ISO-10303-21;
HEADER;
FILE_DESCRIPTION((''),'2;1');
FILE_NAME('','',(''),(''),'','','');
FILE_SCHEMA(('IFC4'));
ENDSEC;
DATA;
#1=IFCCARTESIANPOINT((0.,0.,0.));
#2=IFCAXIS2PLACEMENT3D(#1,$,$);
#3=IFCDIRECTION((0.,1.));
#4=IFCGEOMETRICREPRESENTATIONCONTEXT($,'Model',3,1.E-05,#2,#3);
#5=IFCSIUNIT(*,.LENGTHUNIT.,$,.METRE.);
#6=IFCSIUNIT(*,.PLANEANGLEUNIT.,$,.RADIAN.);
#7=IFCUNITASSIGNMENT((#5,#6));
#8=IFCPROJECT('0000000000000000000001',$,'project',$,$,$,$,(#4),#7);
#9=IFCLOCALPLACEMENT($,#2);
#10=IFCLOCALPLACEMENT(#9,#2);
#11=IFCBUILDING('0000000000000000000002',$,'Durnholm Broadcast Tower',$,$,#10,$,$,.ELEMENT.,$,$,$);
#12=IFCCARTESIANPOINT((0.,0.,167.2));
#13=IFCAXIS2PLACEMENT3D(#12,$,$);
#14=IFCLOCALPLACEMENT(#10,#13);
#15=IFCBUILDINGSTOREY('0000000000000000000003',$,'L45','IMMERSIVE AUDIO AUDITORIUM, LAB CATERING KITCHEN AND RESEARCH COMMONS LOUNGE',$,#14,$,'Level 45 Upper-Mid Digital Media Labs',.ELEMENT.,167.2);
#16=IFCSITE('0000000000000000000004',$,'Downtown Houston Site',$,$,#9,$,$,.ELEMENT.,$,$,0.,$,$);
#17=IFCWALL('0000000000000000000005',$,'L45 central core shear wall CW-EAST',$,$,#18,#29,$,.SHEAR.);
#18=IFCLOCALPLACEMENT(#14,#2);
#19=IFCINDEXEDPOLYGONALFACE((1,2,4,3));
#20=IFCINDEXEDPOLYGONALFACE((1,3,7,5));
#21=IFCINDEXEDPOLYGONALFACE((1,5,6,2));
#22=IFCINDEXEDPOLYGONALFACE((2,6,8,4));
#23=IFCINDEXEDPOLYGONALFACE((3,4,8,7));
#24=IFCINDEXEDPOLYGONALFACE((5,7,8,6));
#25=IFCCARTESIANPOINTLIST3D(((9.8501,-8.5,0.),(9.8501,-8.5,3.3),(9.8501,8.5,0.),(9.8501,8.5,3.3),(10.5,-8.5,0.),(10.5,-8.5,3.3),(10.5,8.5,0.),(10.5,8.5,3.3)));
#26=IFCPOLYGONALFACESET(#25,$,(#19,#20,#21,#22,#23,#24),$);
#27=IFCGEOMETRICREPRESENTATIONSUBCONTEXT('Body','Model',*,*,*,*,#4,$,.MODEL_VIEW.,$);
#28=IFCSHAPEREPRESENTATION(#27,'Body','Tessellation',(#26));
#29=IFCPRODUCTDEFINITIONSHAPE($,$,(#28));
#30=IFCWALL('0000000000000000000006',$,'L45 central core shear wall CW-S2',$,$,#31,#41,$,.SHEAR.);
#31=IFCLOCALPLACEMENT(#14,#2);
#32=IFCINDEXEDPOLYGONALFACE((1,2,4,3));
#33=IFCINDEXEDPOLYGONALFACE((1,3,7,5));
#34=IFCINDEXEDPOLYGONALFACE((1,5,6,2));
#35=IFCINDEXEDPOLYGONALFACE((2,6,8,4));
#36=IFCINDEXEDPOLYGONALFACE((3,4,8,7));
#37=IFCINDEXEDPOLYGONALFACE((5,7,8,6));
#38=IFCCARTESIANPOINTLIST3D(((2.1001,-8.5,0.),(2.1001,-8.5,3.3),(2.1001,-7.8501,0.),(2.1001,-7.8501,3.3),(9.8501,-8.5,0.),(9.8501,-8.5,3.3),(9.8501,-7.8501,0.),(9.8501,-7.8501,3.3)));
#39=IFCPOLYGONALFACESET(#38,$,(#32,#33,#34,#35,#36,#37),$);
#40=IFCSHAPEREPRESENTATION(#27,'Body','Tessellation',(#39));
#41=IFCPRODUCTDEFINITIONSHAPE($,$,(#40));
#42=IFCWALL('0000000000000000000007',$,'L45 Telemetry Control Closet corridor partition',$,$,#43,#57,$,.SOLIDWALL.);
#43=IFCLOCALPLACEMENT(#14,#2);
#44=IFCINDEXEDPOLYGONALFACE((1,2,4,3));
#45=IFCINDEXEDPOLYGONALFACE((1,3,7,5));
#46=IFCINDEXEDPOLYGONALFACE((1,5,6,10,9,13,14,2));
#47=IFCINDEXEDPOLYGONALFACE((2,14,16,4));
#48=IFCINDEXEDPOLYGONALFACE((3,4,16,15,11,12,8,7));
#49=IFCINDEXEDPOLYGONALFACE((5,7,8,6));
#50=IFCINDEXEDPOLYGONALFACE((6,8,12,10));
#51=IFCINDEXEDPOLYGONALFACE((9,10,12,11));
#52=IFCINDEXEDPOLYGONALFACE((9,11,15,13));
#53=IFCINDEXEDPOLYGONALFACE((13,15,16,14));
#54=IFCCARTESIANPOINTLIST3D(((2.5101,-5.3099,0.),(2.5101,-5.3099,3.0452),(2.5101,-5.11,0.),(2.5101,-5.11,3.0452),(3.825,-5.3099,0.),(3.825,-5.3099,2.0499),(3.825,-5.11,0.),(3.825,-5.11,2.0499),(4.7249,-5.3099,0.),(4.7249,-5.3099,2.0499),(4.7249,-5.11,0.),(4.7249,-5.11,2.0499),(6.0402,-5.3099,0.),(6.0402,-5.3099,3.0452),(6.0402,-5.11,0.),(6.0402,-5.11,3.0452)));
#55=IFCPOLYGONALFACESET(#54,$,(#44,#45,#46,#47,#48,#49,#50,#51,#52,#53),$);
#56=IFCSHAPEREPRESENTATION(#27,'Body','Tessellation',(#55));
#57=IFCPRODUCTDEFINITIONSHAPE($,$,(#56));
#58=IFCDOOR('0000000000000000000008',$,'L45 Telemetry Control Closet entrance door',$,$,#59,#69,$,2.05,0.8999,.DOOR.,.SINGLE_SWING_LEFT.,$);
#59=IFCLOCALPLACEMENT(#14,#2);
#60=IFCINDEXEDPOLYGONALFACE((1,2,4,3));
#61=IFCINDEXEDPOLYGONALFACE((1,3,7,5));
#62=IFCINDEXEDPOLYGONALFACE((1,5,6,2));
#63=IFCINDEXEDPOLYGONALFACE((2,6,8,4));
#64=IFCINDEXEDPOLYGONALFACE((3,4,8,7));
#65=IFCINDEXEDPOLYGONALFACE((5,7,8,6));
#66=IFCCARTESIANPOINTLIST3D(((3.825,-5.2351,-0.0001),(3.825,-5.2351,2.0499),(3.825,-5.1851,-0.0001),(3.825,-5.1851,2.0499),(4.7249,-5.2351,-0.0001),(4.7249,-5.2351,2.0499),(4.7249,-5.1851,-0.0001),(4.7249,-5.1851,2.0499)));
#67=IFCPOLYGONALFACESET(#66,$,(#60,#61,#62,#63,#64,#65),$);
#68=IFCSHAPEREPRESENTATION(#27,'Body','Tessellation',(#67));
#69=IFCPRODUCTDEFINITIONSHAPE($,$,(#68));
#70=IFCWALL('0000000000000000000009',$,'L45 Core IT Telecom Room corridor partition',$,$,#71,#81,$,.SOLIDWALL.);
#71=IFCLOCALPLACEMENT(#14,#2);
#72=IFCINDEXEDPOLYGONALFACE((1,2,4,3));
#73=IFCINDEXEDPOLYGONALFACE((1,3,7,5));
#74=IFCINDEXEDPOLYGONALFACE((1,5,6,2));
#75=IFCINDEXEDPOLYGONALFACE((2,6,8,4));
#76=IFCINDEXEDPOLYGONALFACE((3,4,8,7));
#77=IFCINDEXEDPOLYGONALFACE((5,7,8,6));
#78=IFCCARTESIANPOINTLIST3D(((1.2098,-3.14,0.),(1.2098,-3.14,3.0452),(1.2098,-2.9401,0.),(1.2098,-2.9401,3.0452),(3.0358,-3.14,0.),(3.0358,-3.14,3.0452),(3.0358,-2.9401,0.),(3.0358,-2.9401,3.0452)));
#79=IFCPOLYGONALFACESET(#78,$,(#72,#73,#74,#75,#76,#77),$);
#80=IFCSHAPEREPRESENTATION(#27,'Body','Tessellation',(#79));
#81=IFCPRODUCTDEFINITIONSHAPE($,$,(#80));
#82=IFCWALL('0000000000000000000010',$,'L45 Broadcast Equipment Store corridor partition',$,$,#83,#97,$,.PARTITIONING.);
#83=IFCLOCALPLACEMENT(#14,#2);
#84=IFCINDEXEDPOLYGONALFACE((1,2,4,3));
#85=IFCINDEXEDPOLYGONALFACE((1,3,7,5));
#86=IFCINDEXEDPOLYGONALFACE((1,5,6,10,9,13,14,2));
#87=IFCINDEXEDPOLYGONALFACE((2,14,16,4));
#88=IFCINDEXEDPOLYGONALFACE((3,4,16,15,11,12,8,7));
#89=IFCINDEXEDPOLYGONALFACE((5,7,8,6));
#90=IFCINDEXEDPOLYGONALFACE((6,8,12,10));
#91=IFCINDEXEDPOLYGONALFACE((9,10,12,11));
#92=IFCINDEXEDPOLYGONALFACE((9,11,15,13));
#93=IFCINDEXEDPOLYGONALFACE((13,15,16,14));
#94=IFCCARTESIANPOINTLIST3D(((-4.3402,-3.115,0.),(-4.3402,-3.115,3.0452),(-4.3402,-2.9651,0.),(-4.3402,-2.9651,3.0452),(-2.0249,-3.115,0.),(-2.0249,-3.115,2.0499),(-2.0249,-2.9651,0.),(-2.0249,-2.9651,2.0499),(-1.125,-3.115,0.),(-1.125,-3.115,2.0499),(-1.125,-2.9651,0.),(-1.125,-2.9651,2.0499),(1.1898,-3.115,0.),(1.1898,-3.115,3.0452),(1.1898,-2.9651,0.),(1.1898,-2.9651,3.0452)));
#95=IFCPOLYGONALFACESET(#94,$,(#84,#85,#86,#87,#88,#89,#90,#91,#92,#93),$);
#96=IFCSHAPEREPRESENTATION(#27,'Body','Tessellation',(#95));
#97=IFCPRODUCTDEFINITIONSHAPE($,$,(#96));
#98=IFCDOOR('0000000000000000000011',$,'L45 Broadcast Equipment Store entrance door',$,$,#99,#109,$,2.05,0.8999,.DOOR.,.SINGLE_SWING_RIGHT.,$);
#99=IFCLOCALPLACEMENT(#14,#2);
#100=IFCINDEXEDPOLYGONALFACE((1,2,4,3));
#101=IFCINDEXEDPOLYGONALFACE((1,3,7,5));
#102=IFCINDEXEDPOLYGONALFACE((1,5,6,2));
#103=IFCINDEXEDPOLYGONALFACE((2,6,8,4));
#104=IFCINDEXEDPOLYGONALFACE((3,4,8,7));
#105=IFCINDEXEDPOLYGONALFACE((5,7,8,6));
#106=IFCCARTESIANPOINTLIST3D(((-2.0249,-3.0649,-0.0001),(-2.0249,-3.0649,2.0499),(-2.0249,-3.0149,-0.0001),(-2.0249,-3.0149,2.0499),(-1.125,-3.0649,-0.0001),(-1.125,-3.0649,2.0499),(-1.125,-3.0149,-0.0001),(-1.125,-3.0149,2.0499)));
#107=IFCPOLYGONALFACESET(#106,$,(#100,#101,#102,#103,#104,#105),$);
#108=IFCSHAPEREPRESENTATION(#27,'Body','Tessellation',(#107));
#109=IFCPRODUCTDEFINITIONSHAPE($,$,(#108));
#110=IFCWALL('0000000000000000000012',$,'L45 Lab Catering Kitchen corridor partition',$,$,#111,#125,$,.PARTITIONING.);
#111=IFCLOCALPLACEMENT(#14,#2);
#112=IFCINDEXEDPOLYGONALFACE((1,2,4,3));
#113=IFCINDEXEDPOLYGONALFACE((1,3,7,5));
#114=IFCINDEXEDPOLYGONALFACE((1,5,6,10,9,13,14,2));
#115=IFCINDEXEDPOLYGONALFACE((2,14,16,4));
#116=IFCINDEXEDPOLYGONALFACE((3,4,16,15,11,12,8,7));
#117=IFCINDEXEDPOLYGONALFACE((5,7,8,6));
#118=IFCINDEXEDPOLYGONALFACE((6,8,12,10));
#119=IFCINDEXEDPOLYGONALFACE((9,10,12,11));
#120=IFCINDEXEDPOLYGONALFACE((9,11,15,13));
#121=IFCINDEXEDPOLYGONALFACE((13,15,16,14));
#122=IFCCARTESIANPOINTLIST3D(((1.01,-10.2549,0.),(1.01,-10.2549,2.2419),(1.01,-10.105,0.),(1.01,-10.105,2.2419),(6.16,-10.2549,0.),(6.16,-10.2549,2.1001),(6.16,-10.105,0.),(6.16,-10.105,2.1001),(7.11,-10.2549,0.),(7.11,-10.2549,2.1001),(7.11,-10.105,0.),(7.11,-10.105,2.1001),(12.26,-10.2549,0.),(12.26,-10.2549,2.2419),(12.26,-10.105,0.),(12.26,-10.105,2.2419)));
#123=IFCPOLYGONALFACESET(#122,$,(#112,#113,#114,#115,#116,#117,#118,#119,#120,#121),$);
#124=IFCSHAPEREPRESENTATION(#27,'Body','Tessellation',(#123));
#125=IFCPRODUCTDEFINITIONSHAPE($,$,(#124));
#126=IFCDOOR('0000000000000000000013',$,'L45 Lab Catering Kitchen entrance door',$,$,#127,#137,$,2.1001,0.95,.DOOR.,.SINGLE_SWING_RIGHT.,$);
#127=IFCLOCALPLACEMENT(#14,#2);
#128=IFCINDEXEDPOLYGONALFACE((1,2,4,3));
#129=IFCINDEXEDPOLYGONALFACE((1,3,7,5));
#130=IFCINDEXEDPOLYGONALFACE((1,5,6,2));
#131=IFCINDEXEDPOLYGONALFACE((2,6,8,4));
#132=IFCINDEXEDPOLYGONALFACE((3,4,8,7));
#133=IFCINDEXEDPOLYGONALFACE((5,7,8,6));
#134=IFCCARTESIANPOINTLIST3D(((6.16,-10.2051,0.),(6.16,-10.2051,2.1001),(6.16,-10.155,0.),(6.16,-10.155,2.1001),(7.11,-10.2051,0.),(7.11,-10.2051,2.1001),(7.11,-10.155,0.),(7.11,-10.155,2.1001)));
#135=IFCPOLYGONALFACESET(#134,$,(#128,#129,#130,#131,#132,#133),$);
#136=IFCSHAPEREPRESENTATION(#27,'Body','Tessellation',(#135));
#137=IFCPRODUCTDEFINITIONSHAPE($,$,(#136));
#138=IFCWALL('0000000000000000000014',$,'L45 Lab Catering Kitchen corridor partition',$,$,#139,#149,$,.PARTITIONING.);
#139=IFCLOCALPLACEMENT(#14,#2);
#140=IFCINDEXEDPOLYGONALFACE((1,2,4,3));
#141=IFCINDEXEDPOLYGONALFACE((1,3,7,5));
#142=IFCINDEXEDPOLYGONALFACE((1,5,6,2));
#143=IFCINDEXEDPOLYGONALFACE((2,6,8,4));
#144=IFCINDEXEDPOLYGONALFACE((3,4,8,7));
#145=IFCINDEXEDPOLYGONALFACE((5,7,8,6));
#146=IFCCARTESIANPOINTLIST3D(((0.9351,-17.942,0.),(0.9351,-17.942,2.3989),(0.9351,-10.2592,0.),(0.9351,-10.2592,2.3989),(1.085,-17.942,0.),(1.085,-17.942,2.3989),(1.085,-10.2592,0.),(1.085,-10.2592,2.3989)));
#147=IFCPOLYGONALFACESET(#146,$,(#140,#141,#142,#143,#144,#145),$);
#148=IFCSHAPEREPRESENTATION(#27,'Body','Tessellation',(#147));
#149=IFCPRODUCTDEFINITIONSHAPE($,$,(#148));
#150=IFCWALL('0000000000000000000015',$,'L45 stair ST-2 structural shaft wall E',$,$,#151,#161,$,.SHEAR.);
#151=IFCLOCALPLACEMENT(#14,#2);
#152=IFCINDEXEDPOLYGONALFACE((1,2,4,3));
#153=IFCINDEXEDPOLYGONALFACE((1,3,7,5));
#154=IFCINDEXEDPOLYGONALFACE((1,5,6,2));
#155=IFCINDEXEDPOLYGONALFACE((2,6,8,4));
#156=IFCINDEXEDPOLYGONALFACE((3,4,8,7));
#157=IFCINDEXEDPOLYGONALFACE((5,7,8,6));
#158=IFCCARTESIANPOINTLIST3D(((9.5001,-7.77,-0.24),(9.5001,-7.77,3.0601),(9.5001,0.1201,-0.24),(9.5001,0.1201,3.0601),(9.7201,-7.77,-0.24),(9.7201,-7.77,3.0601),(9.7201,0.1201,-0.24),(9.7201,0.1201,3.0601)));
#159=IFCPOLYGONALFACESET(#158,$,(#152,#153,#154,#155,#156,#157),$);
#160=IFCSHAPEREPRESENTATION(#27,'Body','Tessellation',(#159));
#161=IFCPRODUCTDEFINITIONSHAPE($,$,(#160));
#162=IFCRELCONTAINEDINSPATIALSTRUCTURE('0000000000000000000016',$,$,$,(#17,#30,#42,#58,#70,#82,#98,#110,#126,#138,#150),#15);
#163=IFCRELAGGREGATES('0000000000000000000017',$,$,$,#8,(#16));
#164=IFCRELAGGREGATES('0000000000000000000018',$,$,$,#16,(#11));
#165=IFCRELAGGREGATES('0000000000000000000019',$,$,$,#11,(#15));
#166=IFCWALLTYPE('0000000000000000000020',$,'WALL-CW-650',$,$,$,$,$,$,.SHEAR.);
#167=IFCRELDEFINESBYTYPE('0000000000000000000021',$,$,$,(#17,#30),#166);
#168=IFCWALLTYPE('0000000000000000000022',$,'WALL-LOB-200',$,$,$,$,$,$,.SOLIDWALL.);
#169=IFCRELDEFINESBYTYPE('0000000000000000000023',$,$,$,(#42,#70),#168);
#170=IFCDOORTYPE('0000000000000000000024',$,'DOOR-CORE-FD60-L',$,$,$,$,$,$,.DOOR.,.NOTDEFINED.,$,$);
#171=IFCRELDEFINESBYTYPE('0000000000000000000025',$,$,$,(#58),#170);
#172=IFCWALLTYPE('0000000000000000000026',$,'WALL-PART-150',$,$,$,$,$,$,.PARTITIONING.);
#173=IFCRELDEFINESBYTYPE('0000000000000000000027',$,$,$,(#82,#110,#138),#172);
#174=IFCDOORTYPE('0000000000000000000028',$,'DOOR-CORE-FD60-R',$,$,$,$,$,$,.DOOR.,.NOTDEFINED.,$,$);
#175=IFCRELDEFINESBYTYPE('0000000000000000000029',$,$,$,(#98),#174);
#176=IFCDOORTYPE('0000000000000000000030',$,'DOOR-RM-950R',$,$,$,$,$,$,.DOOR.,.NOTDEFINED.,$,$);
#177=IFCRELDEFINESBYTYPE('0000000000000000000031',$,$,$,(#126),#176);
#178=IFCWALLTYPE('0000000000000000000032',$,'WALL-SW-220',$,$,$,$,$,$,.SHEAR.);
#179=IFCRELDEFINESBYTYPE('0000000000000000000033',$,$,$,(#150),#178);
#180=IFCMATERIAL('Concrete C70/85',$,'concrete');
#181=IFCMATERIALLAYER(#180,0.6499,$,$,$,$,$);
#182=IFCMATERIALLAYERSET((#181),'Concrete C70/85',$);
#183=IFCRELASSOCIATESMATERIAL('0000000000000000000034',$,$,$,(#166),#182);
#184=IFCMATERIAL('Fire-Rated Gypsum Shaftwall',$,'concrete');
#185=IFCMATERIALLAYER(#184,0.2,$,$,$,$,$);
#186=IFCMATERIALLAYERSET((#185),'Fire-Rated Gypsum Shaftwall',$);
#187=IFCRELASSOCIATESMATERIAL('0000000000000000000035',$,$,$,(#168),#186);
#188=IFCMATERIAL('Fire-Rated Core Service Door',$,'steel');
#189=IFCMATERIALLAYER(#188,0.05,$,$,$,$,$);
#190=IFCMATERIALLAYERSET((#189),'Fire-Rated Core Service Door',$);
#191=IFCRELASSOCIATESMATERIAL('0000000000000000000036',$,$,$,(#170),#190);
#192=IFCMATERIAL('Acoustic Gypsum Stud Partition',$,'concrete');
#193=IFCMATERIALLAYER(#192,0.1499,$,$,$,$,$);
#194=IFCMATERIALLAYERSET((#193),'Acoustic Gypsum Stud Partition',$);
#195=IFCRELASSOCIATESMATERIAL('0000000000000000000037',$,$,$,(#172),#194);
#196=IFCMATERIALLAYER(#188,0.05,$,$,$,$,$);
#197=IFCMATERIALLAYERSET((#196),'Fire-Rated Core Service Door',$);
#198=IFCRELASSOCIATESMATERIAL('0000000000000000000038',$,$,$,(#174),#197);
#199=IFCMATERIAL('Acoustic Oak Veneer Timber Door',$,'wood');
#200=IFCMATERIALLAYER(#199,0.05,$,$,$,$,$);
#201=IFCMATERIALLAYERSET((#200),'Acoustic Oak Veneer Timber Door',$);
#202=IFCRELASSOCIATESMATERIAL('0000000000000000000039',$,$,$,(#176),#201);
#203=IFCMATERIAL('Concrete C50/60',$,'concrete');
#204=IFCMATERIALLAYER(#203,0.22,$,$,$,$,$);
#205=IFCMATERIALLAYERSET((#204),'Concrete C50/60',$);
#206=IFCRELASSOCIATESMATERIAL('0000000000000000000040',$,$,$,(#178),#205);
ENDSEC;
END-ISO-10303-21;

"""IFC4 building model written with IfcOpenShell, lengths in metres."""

from ifc_helpers import new_model, si_unit, direction, frame, frame_2d, origin, place, context, subcontext, project, spatial, rectangle, extrude, source, transform, mapped, material, layer, layer_set, type_object, type_shapes, element, fill, save


model = new_model("IFC4")

# Units and contexts
model_context = context("Model", 3, precision=1e-05, world=origin(), true_north=direction((0.0, 1.0)))
body_context = subcontext(model_context, "Body", "Model", "MODEL_VIEW")
ifc_project = project(units=[si_unit("LENGTHUNIT", "METRE"), si_unit("PLANEANGLEUNIT", "RADIAN")], contexts=[model_context])

# Site, building, storey
site_placement = place(None, origin())
site = spatial("IfcSite", under=ifc_project, at=site_placement, Name="Downtown Houston Site", CompositionType="ELEMENT", RefElevation=0.0)
building_placement = place(site_placement, origin())
building = spatial("IfcBuilding", under=site, at=building_placement, Name="Durnholm Broadcast Tower", CompositionType="ELEMENT")
storey_placement = place(building_placement, frame((0.0, 0.0, 167.2)))
storey = spatial("IfcBuildingStorey", under=building, at=storey_placement, Name="L45", Description="IMMERSIVE AUDIO AUDITORIUM, LAB CATERING KITCHEN AND RESEARCH COMMONS LOUNGE", LongName="Level 45 Upper-Mid Digital Media Labs", CompositionType="ELEMENT", Elevation=167.2)

# Shared definitions
ifc_material_1 = material(Name="Concrete C70/85", Category="concrete")

# Walls
ifc_layer_1 = layer(ifc_material_1, 0.6499)
ifc_layer_set_1 = layer_set([ifc_layer_1], Name="Concrete C70/85")
wall_type_1 = type_object("IfcWallType", Name="WALL-CW-650", PredefinedType="SHEAR", material=ifc_layer_set_1)
wall_1_placement = place(storey_placement, frame((10.175, -8.5, 0.0), z_axis=(0.0, 0.0, 1.0), x_axis=(0.0, 1.0, 0.0)))
element("IfcWall", 1, at=wall_1_placement, inside=storey, type_object=wall_type_1, Name="L45 central core shear wall CW-EAST", PredefinedType="SHEAR", context=body_context, shape_type="SweptSolid", body=[
    extrude(rectangle(XDim=17.0, YDim=0.6499, at=frame_2d((8.5, 0.0))), origin(), (0.0, 0.0, 1.0), 3.3),
])
wall_2_placement = place(storey_placement, frame((2.1001, -8.175, 0.0), z_axis=(0.0, 0.0, 1.0), x_axis=(1.0, 0.0, 0.0)))
element("IfcWall", 2, at=wall_2_placement, inside=storey, type_object=wall_type_1, Name="L45 central core shear wall CW-S2", PredefinedType="SHEAR", context=body_context, shape_type="SweptSolid", body=[
    extrude(rectangle(XDim=7.75, YDim=0.6499, at=frame_2d((3.875, 0.0))), origin(), (0.0, 0.0, 1.0), 3.3),
])

# Wall, opening, door
ifc_material_2 = material(Name="Fire-Rated Gypsum Shaftwall", Category="concrete")
ifc_layer_2 = layer(ifc_material_2, 0.2)
ifc_layer_set_2 = layer_set([ifc_layer_2], Name="Fire-Rated Gypsum Shaftwall")
wall_type_2 = type_object("IfcWallType", Name="WALL-LOB-200", PredefinedType="SOLIDWALL", material=ifc_layer_set_2)
wall_3_placement = place(storey_placement, frame((2.51, -5.21, 0.0), z_axis=(0.0, 0.0, 1.0), x_axis=(1.0, 0.0, 0.0)))
wall_3 = element("IfcWall", 3, at=wall_3_placement, inside=storey, type_object=wall_type_2, Name="L45 Telemetry Control Closet corridor partition", PredefinedType="SOLIDWALL", context=body_context, shape_type="SweptSolid", body=[
    extrude(rectangle(XDim=3.53, YDim=0.2, at=frame_2d((1.7651, 0.0))), origin(), (0.0, 0.0, 1.0), 3.0452),
])
opening_1_placement = place(wall_3_placement, frame((1.3149, 0.0, 0.0)))
opening_1 = element("IfcOpeningElement", 4, at=opening_1_placement, cuts=wall_3, PredefinedType="OPENING", context=body_context, shape_type="SweptSolid", body=[
    extrude(rectangle(XDim=0.8999, YDim=2.05, at=frame_2d((0.45, 1.0249))), frame((0.0, 0.1099, 0.0), z_axis=(0.0, -1.0, 0.0), x_axis=(1.0, 0.0, 0.0)), (0.0, 0.0, 1.0), 0.22),
])
ifc_material_3 = material(Name="Fire-Rated Core Service Door", Category="steel")
ifc_layer_3 = layer(ifc_material_3, 0.05)
ifc_layer_set_3 = layer_set([ifc_layer_3], Name="Fire-Rated Core Service Door")
door_type_1 = type_object("IfcDoorType", Name="DOOR-CORE-FD60-L", OperationType="NOTDEFINED", PredefinedType="DOOR", material=ifc_layer_set_3)
shared_shape_1 = source(origin(), body_context, "Body", "SweptSolid", [
    extrude(rectangle(XDim=0.8999, YDim=2.05, at=frame_2d((0.45, 1.0249))), frame((0.0, 0.0249, 0.0), z_axis=(0.0, -1.0, 0.0), x_axis=(1.0, 0.0, 0.0)), (0.0, 0.0, 1.0), 0.05),
])
type_shapes(door_type_1, [shared_shape_1])
door_1_placement = place(opening_1_placement, origin())
door_1 = element("IfcDoor", 5, at=door_1_placement, inside=storey, type_object=door_type_1, Name="L45 Telemetry Control Closet entrance door", OperationType="SINGLE_SWING_LEFT", OverallHeight=2.05, OverallWidth=0.8999, PredefinedType="DOOR", context=body_context, shape_type="MappedRepresentation", body=[
    mapped(shared_shape_1, transform((0.0, 0.0, 0.0), x_axis=(1.0, 0.0, 0.0), y_axis=(0.0, 1.0, 0.0), z_axis=(0.0, 0.0, 1.0), scale=1.0)),
])
fill(opening_1, door_1)

# Wall
wall_4_placement = place(storey_placement, frame((3.0359, -3.04, 0.0), z_axis=(0.0, 0.0, 1.0), x_axis=(-1.0, 0.0, 0.0)))
element("IfcWall", 6, at=wall_4_placement, inside=storey, type_object=wall_type_2, Name="L45 Core IT Telecom Room corridor partition", PredefinedType="SOLIDWALL", context=body_context, shape_type="SweptSolid", body=[
    extrude(rectangle(XDim=1.8259, YDim=0.2, at=frame_2d((0.9131, 0.0))), origin(), (0.0, 0.0, 1.0), 3.0452),
])

# Walls, openings, doors
ifc_material_4 = material(Name="Acoustic Gypsum Stud Partition", Category="concrete")
ifc_layer_4 = layer(ifc_material_4, 0.1499)
ifc_layer_set_4 = layer_set([ifc_layer_4], Name="Acoustic Gypsum Stud Partition")
wall_type_3 = type_object("IfcWallType", Name="WALL-PART-150", PredefinedType="PARTITIONING", material=ifc_layer_set_4)
wall_5_placement = place(storey_placement, frame((1.1899, -3.04, 0.0), z_axis=(0.0, 0.0, 1.0), x_axis=(-1.0, 0.0, 0.0)))
wall_5 = element("IfcWall", 7, at=wall_5_placement, inside=storey, type_object=wall_type_3, Name="L45 Broadcast Equipment Store corridor partition", PredefinedType="PARTITIONING", context=body_context, shape_type="SweptSolid", body=[
    extrude(rectangle(XDim=5.53, YDim=0.1499, at=frame_2d((2.7651, 0.0))), origin(), (0.0, 0.0, 1.0), 3.0452),
])
opening_2_placement = place(wall_5_placement, frame((2.3149, 0.0, 0.0)))
opening_2 = element("IfcOpeningElement", 8, at=opening_2_placement, cuts=wall_5, PredefinedType="OPENING", context=body_context, shape_type="SweptSolid", body=[
    extrude(rectangle(XDim=0.8999, YDim=2.05, at=frame_2d((0.45, 1.0249))), frame((0.0, 0.085, 0.0), z_axis=(0.0, -1.0, 0.0), x_axis=(1.0, 0.0, 0.0)), (0.0, 0.0, 1.0), 0.1699),
])
ifc_layer_5 = layer(ifc_material_3, 0.05)
ifc_layer_set_5 = layer_set([ifc_layer_5], Name="Fire-Rated Core Service Door")
door_type_2 = type_object("IfcDoorType", Name="DOOR-CORE-FD60-R", OperationType="NOTDEFINED", PredefinedType="DOOR", material=ifc_layer_set_5)
shared_shape_2 = source(origin(), body_context, "Body", "SweptSolid", [
    extrude(rectangle(XDim=0.8999, YDim=2.05, at=frame_2d((0.45, 1.0249))), frame((0.0, 0.0249, 0.0), z_axis=(0.0, -1.0, 0.0), x_axis=(1.0, 0.0, 0.0)), (0.0, 0.0, 1.0), 0.05),
])
type_shapes(door_type_2, [shared_shape_2])
door_2_placement = place(opening_2_placement, origin())
door_2 = element("IfcDoor", 9, at=door_2_placement, inside=storey, type_object=door_type_2, Name="L45 Broadcast Equipment Store entrance door", OperationType="SINGLE_SWING_RIGHT", OverallHeight=2.05, OverallWidth=0.8999, PredefinedType="DOOR", context=body_context, shape_type="MappedRepresentation", body=[
    mapped(shared_shape_2, transform((0.0, 0.0, 0.0), x_axis=(1.0, 0.0, 0.0), y_axis=(0.0, 1.0, 0.0), z_axis=(0.0, 0.0, 1.0), scale=1.0)),
])
fill(opening_2, door_2)
wall_6_placement = place(storey_placement, frame((1.01, -10.1799, 0.0), z_axis=(0.0, 0.0, 1.0), x_axis=(1.0, 0.0, 0.0)))
wall_6 = element("IfcWall", 10, at=wall_6_placement, inside=storey, type_object=wall_type_3, Name="L45 Lab Catering Kitchen corridor partition", PredefinedType="PARTITIONING", context=body_context, shape_type="SweptSolid", body=[
    extrude(rectangle(XDim=11.25, YDim=0.1499, at=frame_2d((5.625, 0.0))), origin(), (0.0, 0.0, 1.0), 2.2419),
])
opening_3_placement = place(wall_6_placement, frame((5.1499, 0.0, 0.0)))
opening_3 = element("IfcOpeningElement", 11, at=opening_3_placement, cuts=wall_6, PredefinedType="OPENING", context=body_context, shape_type="SweptSolid", body=[
    extrude(rectangle(XDim=0.95, YDim=2.1001, at=frame_2d((0.4751, 1.05))), frame((0.0, 0.085, 0.0), z_axis=(0.0, -1.0, 0.0), x_axis=(1.0, 0.0, 0.0)), (0.0, 0.0, 1.0), 0.1699),
])
ifc_material_5 = material(Name="Acoustic Oak Veneer Timber Door", Category="wood")
ifc_layer_6 = layer(ifc_material_5, 0.05)
ifc_layer_set_6 = layer_set([ifc_layer_6], Name="Acoustic Oak Veneer Timber Door")
door_type_3 = type_object("IfcDoorType", Name="DOOR-RM-950R", OperationType="NOTDEFINED", PredefinedType="DOOR", material=ifc_layer_set_6)
shared_shape_3 = source(origin(), body_context, "Body", "SweptSolid", [
    extrude(rectangle(XDim=0.95, YDim=2.1001, at=frame_2d((0.4751, 1.05))), frame((0.0, 0.0249, 0.0), z_axis=(0.0, -1.0, 0.0), x_axis=(1.0, 0.0, 0.0)), (0.0, 0.0, 1.0), 0.05),
])
type_shapes(door_type_3, [shared_shape_3])
door_3_placement = place(opening_3_placement, origin())
door_3 = element("IfcDoor", 12, at=door_3_placement, inside=storey, type_object=door_type_3, Name="L45 Lab Catering Kitchen entrance door", OperationType="SINGLE_SWING_RIGHT", OverallHeight=2.1001, OverallWidth=0.95, PredefinedType="DOOR", context=body_context, shape_type="MappedRepresentation", body=[
    mapped(shared_shape_3, transform((0.0, 0.0, 0.0), x_axis=(1.0, 0.0, 0.0), y_axis=(0.0, 1.0, 0.0), z_axis=(0.0, 0.0, 1.0), scale=1.0)),
])
fill(opening_3, door_3)

# Walls
wall_7_placement = place(storey_placement, frame((1.01, -17.9419, 0.0), z_axis=(0.0, 0.0, 1.0), x_axis=(0.0, 1.0, 0.0)))
element("IfcWall", 13, at=wall_7_placement, inside=storey, type_object=wall_type_3, Name="L45 Lab Catering Kitchen corridor partition", PredefinedType="PARTITIONING", context=body_context, shape_type="SweptSolid", body=[
    extrude(rectangle(XDim=7.6829, YDim=0.1499, at=frame_2d((3.8413, 0.0))), origin(), (0.0, 0.0, 1.0), 2.3989),
])
ifc_material_6 = material(Name="Concrete C50/60", Category="concrete")
ifc_layer_7 = layer(ifc_material_6, 0.22)
ifc_layer_set_7 = layer_set([ifc_layer_7], Name="Concrete C50/60")
wall_type_4 = type_object("IfcWallType", Name="WALL-SW-220", PredefinedType="SHEAR", material=ifc_layer_set_7)
wall_8_placement = place(storey_placement, frame((9.6101, -7.77, -0.24), z_axis=(0.0, 0.0, 1.0), x_axis=(0.0, 1.0, 0.0)))
element("IfcWall", 14, at=wall_8_placement, inside=storey, type_object=wall_type_4, Name="L45 stair ST-2 structural shaft wall E", PredefinedType="SHEAR", context=body_context, shape_type="SweptSolid", body=[
    extrude(rectangle(XDim=7.8901, YDim=0.22, at=frame_2d((3.9451, 0.0))), origin(), (0.0, 0.0, 1.0), 3.3),
])

save(model, "model.ifc")
